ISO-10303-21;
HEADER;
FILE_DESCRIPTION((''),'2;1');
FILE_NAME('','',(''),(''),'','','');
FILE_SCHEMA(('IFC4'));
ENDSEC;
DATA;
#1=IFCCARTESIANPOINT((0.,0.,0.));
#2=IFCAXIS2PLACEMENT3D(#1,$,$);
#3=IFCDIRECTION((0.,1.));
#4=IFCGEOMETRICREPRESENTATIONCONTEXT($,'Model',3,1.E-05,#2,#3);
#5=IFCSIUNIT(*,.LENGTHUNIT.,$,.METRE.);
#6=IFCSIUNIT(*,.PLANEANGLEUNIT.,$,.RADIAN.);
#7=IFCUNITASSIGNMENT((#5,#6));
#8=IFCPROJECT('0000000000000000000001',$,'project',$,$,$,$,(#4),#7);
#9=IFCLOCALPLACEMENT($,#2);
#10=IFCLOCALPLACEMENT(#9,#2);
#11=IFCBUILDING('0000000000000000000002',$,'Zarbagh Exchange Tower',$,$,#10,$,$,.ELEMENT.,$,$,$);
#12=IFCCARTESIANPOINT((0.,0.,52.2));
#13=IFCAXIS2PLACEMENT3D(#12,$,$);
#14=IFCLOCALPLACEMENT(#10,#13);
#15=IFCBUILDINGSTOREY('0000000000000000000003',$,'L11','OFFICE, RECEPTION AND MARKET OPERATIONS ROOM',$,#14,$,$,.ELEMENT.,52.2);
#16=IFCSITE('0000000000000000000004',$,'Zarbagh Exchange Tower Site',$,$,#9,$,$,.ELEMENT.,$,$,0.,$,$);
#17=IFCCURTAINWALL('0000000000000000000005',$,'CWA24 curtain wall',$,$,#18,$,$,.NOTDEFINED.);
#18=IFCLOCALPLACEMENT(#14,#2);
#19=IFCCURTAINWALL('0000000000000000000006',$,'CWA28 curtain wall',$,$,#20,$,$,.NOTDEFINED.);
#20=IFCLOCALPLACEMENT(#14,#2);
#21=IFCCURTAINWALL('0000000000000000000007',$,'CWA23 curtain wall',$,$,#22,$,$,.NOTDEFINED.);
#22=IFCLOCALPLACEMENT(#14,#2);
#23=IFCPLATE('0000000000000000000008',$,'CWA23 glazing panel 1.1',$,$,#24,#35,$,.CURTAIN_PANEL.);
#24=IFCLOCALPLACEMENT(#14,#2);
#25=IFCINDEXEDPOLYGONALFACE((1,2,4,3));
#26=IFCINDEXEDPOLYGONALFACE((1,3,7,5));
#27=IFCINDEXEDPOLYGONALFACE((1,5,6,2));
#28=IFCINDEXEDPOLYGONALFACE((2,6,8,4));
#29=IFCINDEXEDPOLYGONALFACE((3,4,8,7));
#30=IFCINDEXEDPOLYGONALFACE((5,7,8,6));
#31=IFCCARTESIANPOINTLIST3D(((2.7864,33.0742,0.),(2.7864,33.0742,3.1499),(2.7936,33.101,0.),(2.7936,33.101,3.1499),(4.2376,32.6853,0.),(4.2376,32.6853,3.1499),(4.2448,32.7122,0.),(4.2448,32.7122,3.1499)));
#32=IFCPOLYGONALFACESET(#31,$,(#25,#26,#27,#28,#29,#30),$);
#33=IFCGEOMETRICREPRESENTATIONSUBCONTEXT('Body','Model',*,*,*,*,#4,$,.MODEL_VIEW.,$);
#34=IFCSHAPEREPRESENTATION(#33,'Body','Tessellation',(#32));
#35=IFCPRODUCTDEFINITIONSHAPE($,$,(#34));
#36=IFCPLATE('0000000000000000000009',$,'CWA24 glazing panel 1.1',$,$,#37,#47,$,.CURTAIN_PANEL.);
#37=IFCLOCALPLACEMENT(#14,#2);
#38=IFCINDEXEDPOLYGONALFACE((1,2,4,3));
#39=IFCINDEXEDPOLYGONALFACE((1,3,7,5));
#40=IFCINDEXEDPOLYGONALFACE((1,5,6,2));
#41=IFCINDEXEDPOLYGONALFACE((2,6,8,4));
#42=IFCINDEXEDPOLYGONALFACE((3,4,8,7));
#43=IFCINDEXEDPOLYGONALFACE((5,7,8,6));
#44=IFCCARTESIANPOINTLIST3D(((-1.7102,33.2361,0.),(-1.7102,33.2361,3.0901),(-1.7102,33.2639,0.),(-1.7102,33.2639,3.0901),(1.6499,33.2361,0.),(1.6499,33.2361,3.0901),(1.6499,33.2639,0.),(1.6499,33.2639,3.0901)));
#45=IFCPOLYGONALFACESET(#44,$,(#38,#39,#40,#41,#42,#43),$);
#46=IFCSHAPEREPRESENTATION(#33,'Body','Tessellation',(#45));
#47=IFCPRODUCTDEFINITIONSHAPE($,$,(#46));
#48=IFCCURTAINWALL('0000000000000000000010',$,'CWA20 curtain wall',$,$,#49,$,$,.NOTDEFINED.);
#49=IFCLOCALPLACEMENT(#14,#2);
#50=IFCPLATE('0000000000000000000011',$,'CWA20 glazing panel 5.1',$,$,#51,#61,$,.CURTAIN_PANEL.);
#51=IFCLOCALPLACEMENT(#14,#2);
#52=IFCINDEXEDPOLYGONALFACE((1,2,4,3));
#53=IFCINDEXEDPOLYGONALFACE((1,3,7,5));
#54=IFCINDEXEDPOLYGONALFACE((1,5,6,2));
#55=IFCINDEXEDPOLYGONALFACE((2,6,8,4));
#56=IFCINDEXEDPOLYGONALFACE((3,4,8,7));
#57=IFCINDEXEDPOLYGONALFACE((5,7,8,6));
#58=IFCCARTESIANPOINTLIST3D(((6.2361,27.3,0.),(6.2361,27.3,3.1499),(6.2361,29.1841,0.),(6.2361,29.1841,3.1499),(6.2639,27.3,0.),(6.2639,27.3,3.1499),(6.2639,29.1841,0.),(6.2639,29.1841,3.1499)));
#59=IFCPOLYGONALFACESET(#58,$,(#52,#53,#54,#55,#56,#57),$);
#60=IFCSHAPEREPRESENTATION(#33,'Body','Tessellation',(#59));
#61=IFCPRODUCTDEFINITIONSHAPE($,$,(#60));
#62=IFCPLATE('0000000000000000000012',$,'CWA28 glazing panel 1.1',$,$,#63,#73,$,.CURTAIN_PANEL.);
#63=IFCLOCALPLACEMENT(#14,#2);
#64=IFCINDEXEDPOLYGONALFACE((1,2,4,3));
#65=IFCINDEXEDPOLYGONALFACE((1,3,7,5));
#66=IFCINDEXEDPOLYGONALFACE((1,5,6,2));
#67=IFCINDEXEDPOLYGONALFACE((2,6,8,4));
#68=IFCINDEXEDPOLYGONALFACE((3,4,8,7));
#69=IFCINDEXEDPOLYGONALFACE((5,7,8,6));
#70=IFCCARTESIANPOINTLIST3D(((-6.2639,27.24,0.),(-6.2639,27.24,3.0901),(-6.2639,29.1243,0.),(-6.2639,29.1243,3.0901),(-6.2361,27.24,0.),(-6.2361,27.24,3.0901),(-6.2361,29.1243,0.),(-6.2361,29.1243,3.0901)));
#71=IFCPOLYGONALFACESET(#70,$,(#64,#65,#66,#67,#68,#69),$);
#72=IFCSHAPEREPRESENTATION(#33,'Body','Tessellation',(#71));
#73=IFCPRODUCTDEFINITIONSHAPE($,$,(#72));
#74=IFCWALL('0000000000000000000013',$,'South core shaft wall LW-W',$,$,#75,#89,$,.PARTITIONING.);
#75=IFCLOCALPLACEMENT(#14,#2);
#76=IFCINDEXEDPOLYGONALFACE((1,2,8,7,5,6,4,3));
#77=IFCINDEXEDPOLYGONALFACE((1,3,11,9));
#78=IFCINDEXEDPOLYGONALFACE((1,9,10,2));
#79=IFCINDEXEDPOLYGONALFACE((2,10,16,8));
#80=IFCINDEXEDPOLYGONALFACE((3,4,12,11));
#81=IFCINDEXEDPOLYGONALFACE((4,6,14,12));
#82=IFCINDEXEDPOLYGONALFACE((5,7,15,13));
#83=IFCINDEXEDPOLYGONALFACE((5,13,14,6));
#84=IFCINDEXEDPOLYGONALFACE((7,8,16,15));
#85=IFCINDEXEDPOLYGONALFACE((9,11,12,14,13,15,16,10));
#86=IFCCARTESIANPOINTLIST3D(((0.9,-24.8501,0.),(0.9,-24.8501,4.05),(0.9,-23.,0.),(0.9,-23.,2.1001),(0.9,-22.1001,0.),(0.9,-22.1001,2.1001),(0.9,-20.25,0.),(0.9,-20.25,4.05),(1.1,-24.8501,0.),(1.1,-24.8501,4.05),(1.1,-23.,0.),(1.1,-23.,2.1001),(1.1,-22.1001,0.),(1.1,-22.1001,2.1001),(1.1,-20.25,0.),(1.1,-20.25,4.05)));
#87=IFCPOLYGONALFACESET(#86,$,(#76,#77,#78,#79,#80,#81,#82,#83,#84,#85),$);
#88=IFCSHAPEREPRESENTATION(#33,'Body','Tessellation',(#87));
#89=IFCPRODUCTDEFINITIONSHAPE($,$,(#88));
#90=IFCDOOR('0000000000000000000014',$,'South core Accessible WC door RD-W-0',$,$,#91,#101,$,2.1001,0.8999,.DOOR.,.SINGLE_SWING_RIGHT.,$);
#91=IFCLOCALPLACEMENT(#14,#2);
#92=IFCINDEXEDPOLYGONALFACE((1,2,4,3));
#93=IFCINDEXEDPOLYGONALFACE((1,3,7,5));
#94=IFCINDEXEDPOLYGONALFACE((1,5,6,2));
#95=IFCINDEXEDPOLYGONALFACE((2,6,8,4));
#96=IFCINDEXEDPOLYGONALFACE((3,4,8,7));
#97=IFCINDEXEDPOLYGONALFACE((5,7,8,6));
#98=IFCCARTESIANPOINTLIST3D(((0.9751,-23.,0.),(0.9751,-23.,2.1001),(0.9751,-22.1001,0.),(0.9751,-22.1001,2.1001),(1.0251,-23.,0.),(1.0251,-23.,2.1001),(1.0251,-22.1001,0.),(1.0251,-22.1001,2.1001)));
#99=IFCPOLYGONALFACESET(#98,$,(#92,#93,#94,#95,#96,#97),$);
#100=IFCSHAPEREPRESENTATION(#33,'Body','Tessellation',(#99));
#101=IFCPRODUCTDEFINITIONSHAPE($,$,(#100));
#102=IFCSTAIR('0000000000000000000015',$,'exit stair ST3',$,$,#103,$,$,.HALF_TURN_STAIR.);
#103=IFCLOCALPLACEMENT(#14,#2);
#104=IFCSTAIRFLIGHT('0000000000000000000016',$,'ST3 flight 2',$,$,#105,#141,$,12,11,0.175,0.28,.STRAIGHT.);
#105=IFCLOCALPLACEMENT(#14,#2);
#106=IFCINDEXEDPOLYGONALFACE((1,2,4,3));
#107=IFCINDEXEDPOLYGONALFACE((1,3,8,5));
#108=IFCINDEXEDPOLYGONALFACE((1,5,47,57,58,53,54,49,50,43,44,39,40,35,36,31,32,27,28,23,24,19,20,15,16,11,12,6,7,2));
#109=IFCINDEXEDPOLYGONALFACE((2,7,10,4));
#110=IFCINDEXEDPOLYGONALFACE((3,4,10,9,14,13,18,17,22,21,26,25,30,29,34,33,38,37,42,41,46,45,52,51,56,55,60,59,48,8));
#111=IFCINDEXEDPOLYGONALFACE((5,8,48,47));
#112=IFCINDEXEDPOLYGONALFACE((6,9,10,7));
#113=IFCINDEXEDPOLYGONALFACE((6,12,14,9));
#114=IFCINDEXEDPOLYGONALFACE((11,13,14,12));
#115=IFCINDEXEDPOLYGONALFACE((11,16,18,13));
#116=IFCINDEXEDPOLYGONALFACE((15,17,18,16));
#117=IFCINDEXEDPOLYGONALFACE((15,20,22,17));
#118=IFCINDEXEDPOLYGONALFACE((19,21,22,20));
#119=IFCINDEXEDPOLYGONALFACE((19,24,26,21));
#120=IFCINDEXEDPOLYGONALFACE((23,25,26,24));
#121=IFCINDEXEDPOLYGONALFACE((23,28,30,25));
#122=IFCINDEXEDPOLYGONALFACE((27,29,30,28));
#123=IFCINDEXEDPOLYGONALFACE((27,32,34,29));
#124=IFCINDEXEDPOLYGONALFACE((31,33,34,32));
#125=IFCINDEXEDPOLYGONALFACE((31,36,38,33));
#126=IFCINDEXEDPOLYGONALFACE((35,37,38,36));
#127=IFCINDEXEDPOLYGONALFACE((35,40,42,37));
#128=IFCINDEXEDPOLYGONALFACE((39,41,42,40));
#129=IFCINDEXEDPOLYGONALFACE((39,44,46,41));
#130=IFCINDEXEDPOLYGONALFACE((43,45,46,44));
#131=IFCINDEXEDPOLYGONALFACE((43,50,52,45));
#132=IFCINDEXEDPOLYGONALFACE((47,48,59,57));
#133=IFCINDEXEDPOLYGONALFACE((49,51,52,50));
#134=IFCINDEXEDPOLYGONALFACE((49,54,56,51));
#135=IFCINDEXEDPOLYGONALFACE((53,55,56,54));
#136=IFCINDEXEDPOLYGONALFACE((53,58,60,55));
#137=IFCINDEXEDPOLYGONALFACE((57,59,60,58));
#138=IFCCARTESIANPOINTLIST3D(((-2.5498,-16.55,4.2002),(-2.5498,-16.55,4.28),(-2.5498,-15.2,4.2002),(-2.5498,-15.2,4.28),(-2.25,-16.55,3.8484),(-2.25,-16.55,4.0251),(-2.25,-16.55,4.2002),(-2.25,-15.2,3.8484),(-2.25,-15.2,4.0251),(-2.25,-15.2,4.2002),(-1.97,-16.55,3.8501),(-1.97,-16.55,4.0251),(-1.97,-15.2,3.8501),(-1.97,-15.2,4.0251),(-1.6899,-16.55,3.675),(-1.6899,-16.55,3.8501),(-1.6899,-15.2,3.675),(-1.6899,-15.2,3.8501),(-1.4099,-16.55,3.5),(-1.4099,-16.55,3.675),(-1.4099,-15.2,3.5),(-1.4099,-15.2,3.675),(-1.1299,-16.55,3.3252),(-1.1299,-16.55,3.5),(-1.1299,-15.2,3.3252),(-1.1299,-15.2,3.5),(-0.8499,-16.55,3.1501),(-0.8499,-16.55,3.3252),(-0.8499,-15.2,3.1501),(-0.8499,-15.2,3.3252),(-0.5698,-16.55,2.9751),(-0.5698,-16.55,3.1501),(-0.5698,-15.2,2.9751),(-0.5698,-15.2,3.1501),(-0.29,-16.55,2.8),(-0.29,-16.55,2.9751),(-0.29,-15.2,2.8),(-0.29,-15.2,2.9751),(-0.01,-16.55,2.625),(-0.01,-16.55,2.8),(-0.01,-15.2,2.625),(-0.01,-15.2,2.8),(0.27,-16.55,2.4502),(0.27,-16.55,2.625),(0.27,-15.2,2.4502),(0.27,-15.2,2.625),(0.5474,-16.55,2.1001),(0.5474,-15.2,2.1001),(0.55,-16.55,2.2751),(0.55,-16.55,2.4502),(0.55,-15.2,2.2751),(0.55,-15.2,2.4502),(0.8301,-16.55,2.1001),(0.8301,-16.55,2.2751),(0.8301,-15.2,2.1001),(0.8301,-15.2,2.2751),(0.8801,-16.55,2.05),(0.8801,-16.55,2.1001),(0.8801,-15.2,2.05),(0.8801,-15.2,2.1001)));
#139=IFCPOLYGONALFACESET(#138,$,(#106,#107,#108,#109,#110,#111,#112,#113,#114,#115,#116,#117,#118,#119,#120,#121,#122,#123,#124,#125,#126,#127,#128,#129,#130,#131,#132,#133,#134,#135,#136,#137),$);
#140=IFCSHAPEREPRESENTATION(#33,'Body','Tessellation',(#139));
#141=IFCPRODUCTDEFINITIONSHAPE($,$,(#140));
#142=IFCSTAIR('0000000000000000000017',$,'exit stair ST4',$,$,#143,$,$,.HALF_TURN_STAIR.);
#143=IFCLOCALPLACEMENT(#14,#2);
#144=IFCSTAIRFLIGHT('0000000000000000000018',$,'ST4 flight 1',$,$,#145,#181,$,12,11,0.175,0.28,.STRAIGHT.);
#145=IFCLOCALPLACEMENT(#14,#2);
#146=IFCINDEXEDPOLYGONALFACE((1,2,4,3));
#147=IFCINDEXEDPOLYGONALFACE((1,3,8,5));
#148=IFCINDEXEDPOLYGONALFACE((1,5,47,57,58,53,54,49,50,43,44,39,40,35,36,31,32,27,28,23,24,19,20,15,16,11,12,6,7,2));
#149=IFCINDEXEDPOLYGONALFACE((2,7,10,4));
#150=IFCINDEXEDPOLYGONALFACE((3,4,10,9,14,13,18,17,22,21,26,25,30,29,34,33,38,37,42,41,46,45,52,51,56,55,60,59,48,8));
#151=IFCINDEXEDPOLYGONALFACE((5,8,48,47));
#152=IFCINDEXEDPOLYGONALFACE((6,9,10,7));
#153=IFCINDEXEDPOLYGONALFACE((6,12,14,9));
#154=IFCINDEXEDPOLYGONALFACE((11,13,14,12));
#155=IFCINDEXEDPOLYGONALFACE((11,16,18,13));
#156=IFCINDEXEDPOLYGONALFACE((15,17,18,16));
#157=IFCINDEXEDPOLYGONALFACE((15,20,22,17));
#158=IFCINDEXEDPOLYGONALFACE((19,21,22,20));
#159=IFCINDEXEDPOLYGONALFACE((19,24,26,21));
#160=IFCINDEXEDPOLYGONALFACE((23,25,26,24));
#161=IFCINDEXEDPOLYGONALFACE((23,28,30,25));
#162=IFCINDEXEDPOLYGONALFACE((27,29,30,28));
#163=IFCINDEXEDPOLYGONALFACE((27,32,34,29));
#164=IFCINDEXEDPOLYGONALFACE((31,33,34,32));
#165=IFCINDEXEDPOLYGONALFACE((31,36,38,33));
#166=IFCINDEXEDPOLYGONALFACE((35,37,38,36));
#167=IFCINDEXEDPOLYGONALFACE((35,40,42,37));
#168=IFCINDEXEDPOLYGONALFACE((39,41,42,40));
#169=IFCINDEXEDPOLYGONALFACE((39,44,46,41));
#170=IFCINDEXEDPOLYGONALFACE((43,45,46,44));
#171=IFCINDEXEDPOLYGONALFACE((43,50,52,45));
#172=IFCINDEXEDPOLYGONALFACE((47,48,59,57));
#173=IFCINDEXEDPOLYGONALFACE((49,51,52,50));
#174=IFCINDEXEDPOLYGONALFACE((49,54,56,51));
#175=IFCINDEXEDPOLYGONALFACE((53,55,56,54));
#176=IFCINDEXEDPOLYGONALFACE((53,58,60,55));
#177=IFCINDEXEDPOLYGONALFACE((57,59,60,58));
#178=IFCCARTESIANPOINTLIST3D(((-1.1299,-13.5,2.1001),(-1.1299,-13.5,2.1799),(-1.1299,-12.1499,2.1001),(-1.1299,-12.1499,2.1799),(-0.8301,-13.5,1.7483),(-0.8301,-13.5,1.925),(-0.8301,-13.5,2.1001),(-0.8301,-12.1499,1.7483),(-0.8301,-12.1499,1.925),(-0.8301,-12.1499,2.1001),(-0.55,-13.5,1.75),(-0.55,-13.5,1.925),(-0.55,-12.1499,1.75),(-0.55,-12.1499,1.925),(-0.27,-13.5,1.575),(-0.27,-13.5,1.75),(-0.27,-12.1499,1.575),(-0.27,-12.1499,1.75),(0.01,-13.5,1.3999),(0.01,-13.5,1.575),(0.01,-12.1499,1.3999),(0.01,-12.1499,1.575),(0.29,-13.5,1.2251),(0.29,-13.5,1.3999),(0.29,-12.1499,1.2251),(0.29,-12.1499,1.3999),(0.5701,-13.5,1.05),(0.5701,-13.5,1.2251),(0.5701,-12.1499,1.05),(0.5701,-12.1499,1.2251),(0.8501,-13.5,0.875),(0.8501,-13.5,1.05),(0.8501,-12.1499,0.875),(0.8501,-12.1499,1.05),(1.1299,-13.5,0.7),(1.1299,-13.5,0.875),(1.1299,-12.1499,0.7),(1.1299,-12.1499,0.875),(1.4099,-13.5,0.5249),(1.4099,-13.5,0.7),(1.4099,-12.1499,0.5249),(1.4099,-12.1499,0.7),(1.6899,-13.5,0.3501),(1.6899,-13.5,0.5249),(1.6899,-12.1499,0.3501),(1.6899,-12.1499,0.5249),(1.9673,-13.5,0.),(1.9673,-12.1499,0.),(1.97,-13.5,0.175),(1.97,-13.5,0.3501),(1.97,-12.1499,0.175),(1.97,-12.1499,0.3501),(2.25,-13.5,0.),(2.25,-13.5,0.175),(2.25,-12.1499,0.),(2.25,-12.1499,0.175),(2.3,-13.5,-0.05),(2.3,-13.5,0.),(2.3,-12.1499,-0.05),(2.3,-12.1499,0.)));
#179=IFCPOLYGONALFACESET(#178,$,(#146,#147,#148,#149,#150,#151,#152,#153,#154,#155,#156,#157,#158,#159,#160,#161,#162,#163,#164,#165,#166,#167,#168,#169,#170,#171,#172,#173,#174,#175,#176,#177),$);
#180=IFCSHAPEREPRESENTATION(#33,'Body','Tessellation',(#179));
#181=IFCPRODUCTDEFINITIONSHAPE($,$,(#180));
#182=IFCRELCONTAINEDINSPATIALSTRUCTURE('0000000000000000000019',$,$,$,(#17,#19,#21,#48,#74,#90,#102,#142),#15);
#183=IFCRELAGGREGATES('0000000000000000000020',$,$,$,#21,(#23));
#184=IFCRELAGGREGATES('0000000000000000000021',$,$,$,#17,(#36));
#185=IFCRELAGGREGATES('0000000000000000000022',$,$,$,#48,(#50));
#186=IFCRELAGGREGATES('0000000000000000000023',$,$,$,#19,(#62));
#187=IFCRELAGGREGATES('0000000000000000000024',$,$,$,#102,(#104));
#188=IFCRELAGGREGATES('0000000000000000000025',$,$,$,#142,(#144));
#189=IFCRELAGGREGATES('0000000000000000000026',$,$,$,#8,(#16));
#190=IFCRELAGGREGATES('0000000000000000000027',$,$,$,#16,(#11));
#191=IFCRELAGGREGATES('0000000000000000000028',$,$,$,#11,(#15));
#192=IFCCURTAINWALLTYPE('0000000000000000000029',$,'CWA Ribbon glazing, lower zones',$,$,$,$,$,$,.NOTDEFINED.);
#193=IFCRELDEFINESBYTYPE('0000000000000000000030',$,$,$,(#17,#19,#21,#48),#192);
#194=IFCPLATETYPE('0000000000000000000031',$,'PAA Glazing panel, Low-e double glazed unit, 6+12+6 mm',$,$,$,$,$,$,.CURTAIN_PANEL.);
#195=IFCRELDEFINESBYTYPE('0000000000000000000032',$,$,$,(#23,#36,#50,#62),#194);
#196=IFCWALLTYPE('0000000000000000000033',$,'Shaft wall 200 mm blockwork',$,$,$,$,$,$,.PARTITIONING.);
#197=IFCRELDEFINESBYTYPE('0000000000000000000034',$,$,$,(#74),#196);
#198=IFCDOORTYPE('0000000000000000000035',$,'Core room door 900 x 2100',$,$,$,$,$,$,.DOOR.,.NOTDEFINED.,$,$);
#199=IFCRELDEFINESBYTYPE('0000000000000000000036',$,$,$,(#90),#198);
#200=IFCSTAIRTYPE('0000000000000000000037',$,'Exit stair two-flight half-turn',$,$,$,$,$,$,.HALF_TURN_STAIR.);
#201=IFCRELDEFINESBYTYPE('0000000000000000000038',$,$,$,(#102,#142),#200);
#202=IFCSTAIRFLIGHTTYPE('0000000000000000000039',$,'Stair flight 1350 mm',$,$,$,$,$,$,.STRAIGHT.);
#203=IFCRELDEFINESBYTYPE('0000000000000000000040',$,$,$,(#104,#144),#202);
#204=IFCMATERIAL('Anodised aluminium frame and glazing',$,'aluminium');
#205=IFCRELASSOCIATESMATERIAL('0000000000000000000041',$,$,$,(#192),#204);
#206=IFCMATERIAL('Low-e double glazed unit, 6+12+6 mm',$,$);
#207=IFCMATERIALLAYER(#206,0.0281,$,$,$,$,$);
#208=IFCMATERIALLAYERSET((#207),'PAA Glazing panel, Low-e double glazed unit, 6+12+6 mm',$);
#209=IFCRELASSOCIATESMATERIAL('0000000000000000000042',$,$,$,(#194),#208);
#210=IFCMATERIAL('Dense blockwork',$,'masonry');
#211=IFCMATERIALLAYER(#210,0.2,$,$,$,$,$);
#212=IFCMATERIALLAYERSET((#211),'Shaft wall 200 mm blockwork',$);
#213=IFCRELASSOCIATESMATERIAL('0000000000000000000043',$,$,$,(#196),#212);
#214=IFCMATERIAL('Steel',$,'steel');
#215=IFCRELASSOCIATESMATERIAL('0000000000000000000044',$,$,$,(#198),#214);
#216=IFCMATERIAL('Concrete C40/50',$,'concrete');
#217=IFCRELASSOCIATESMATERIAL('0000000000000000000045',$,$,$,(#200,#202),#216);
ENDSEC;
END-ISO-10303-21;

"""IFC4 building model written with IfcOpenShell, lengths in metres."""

from ifc_helpers import new_model, si_unit, direction, frame, frame_2d, origin, place, context, subcontext, project, spatial, polyline, rectangle, outline, extrude, source, transform, mapped, material, layer, layer_set, type_object, element, fill, aggregate, save


model = new_model("IFC4")

# Units and contexts
model_context = context("Model", 3, precision=1e-05, world=origin(), true_north=direction((0.0, 1.0)))
body_context = subcontext(model_context, "Body", "Model", "MODEL_VIEW")
ifc_project = project(units=[si_unit("LENGTHUNIT", "METRE"), si_unit("PLANEANGLEUNIT", "RADIAN")], contexts=[model_context])

# Site, building, storey
site_placement = place(None, origin())
site = spatial("IfcSite", under=ifc_project, at=site_placement, Name="Zarbagh Exchange Tower Site", CompositionType="ELEMENT", RefElevation=0.0)
building_placement = place(site_placement, origin())
building = spatial("IfcBuilding", under=site, at=building_placement, Name="Zarbagh Exchange Tower", CompositionType="ELEMENT")
storey_placement = place(building_placement, frame((0.0, 0.0, 52.2)))
storey = spatial("IfcBuildingStorey", under=building, at=storey_placement, Name="L11", Description="OFFICE, RECEPTION AND MARKET OPERATIONS ROOM", CompositionType="ELEMENT", Elevation=52.2)

# Curtain wall
ifc_material_1 = material(Name="Anodised aluminium frame and glazing", Category="aluminium")
curtain_wall_type = type_object("IfcCurtainWallType", Name="CWA Ribbon glazing, lower zones", PredefinedType="NOTDEFINED", material=ifc_material_1)
placement = place(storey_placement, origin())
curtain_wall_1_placement = place(storey_placement, origin())
curtain_wall_1 = element("IfcCurtainWall", 1, at=curtain_wall_1_placement, inside=storey, type_object=curtain_wall_type, Name="CWA24 curtain wall", PredefinedType="NOTDEFINED")

# Curtain wall
curtain_wall_2_placement = place(storey_placement, origin())
curtain_wall_2 = element("IfcCurtainWall", 2, at=curtain_wall_2_placement, inside=storey, type_object=curtain_wall_type, Name="CWA28 curtain wall", PredefinedType="NOTDEFINED")

# Shared definitions
ifc_material_2 = material(Name="Low-e double glazed unit, 6+12+6 mm")
ifc_layer_1 = layer(ifc_material_2, 0.0281)
ifc_layer_set_1 = layer_set([ifc_layer_1], Name="PAA Glazing panel, Low-e double glazed unit, 6+12+6 mm")
plate_type = type_object("IfcPlateType", Name="PAA Glazing panel, Low-e double glazed unit, 6+12+6 mm", PredefinedType="CURTAIN_PANEL", material=ifc_layer_set_1)

# Curtain wall, plate
curtain_wall_3_placement = place(storey_placement, origin())
curtain_wall_3 = element("IfcCurtainWall", 3, at=curtain_wall_3_placement, inside=storey, type_object=curtain_wall_type, Name="CWA23 curtain wall", PredefinedType="NOTDEFINED")
shared_shape_1 = source(origin(), body_context, "Body", "SweptSolid", [
    extrude(outline(polyline([(0.0, -0.0139), (1.5024, -0.0139), (1.5024, 0.0139), (0.0, 0.0139), (0.0, -0.0139)])), origin(), (0.0, 0.0, 1.0), 3.1499),
])
plate_1 = element("IfcPlate", 4, at=placement, type_object=plate_type, Name="CWA23 glazing panel 1.1", PredefinedType="CURTAIN_PANEL", context=body_context, shape_type="MappedRepresentation", body=[
    mapped(shared_shape_1, transform((4.2412, 32.6987, 0.0), x_axis=(-0.965924, 0.258825, 0.0), y_axis=(-0.258825, -0.965924, 0.0), z_axis=(0.0, 0.0, 1.0))),
])
aggregate(curtain_wall_3, [plate_1])

# Plate
shared_shape_2 = source(origin(), body_context, "Body", "SweptSolid", [
    extrude(outline(polyline([(0.0, -0.0139), (3.3601, -0.0139), (3.3601, 0.0139), (0.0, 0.0139), (0.0, -0.0139)])), origin(), (0.0, 0.0, 1.0), 3.0901),
])
plate_2 = element("IfcPlate", 5, at=placement, type_object=plate_type, Name="CWA24 glazing panel 1.1", PredefinedType="CURTAIN_PANEL", context=body_context, shape_type="MappedRepresentation", body=[
    mapped(shared_shape_2, transform((1.6499, 33.25, 0.0), x_axis=(-1.0, 0.0, 0.0), y_axis=(0.0, -1.0, 0.0), z_axis=(0.0, 0.0, 1.0))),
])
aggregate(curtain_wall_1, [plate_2])

# Curtain wall, plate
curtain_wall_4_placement = place(storey_placement, origin())
curtain_wall_4 = element("IfcCurtainWall", 6, at=curtain_wall_4_placement, inside=storey, type_object=curtain_wall_type, Name="CWA20 curtain wall", PredefinedType="NOTDEFINED")
shared_shape_3 = source(origin(), body_context, "Body", "SweptSolid", [
    extrude(outline(polyline([(0.0, -0.0139), (1.884, -0.0139), (1.884, 0.0139), (0.0, 0.0139), (0.0, -0.0139)])), origin(), (0.0, 0.0, 1.0), 3.1499),
])
plate_3 = element("IfcPlate", 7, at=placement, type_object=plate_type, Name="CWA20 glazing panel 5.1", PredefinedType="CURTAIN_PANEL", context=body_context, shape_type="MappedRepresentation", body=[
    mapped(shared_shape_3, transform((6.25, 27.3, 0.0), x_axis=(0.0, 1.0, 0.0), y_axis=(-1.0, 0.0, 0.0), z_axis=(0.0, 0.0, 1.0))),
])
aggregate(curtain_wall_4, [plate_3])

# Plate
shared_shape_4 = source(origin(), body_context, "Body", "SweptSolid", [
    extrude(outline(polyline([(0.0, -0.0139), (1.8843, -0.0139), (1.8843, 0.0139), (0.0, 0.0139), (0.0, -0.0139)])), origin(), (0.0, 0.0, 1.0), 3.0901),
])
plate_4 = element("IfcPlate", 8, at=placement, type_object=plate_type, Name="CWA28 glazing panel 1.1", PredefinedType="CURTAIN_PANEL", context=body_context, shape_type="MappedRepresentation", body=[
    mapped(shared_shape_4, transform((-6.25, 29.1243, 0.0), x_axis=(0.0, -1.0, 0.0), y_axis=(1.0, 0.0, 0.0), z_axis=(0.0, 0.0, 1.0))),
])
aggregate(curtain_wall_2, [plate_4])

# Wall, opening, door
ifc_material_3 = material(Name="Dense blockwork", Category="masonry")
ifc_layer_2 = layer(ifc_material_3, 0.2)
ifc_layer_set_2 = layer_set([ifc_layer_2], Name="Shaft wall 200 mm blockwork")
wall_type = type_object("IfcWallType", Name="Shaft wall 200 mm blockwork", PredefinedType="PARTITIONING", material=ifc_layer_set_2)
wall_placement = place(storey_placement, frame((1.0, -24.8501, 0.0), z_axis=(0.0, 0.0, 1.0), x_axis=(0.0, 1.0, 0.0)))
wall = element("IfcWall", 9, at=wall_placement, inside=storey, type_object=wall_type, Name="South core shaft wall LW-W", PredefinedType="PARTITIONING", context=body_context, shape_type="SweptSolid", body=[
    extrude(rectangle(XDim=4.6001, YDim=0.2, at=frame_2d((2.3, 0.0))), origin(), (0.0, 0.0, 1.0), 4.05),
])
opening_placement = place(wall_placement, frame((1.8501, 0.0, 0.0)))
opening = element("IfcOpeningElement", 10, at=opening_placement, cuts=wall, PredefinedType="OPENING", context=body_context, shape_type="SweptSolid", body=[
    extrude(rectangle(XDim=0.8999, YDim=2.1001, at=frame_2d((0.45, 1.05))), frame((0.0, 0.1099, 0.0), z_axis=(0.0, -1.0, 0.0), x_axis=(1.0, 0.0, 0.0)), (0.0, 0.0, 1.0), 0.22),
])
ifc_material_4 = material(Name="Steel", Category="steel")
door_type = type_object("IfcDoorType", Name="Core room door 900 x 2100", OperationType="NOTDEFINED", PredefinedType="DOOR", material=ifc_material_4)
door_placement = place(opening_placement, origin())
door = element("IfcDoor", 11, at=door_placement, inside=storey, type_object=door_type, Name="South core Accessible WC door RD-W-0", OperationType="SINGLE_SWING_RIGHT", OverallHeight=2.1001, OverallWidth=0.8999, PredefinedType="DOOR", context=body_context, shape_type="SweptSolid", body=[
    extrude(rectangle(XDim=0.8999, YDim=2.1001, at=frame_2d((0.45, 1.05))), frame((0.0, 0.0249, 0.0), z_axis=(0.0, -1.0, 0.0), x_axis=(1.0, 0.0, 0.0)), (0.0, 0.0, 1.0), 0.05),
])
fill(opening, door)

# Stairs, stair flights
ifc_material_5 = material(Name="Concrete C40/50", Category="concrete")
stair_type = type_object("IfcStairType", Name="Exit stair two-flight half-turn", PredefinedType="HALF_TURN_STAIR", material=ifc_material_5)
stair_1_placement = place(storey_placement, origin())
stair_1 = element("IfcStair", 12, at=stair_1_placement, inside=storey, type_object=stair_type, Name="exit stair ST3", PredefinedType="HALF_TURN_STAIR")
stair_flight_type = type_object("IfcStairFlightType", Name="Stair flight 1350 mm", PredefinedType="STRAIGHT", material=ifc_material_5)
stair_flight_1_placement = place(storey_placement, frame((0.8301, -15.875, 2.1001), z_axis=(0.0, 0.0, 1.0), x_axis=(-1.0, 0.0, 0.0)))
stair_flight_1 = element("IfcStairFlight", 13, at=stair_flight_1_placement, type_object=stair_flight_type, Name="ST3 flight 2", NumberOfRisers=12, NumberOfTreads=11, PredefinedType="STRAIGHT", RiserHeight=0.175, TreadLength=0.28, context=body_context, shape_type="SweptSolid", body=[
    extrude(outline(polyline([(-0.05, -0.05), (-0.05, 0.0), (0.0, 0.0), (0.0, 0.175), (0.28, 0.175), (0.28, 0.3501), (0.5601, 0.3501), (0.5601, 0.5249), (0.8401, 0.5249), (0.8401, 0.7), (1.1201, 0.7), (1.1201, 0.875), (1.3999, 0.875), (1.3999, 1.05), (1.6799, 1.05), (1.6799, 1.2251), (1.96, 1.2251), (1.96, 1.3999), (2.24, 1.3999), (2.24, 1.575), (2.52, 1.575), (2.52, 1.75), (2.8, 1.75), (2.8, 1.925), (3.0801, 1.925), (3.0801, 2.1001), (3.3799, 2.1799), (3.3799, 2.1001), (3.0801, 1.7483), (0.2827, 0.0), (-0.05, -0.05)])), frame((0.0, 0.675, 0.0), z_axis=(0.0, -1.0, 0.0), x_axis=(1.0, 0.0, 0.0)), (0.0, 0.0, 1.0), 1.3501),
])
aggregate(stair_1, [stair_flight_1])
stair_2_placement = place(storey_placement, origin())
stair_2 = element("IfcStair", 14, at=stair_2_placement, inside=storey, type_object=stair_type, Name="exit stair ST4", PredefinedType="HALF_TURN_STAIR")
stair_flight_2_placement = place(storey_placement, frame((2.25, -12.825, 0.0), z_axis=(0.0, 0.0, 1.0), x_axis=(-1.0, 0.0, 0.0)))
stair_flight_2 = element("IfcStairFlight", 15, at=stair_flight_2_placement, type_object=stair_flight_type, Name="ST4 flight 1", NumberOfRisers=12, NumberOfTreads=11, PredefinedType="STRAIGHT", RiserHeight=0.175, TreadLength=0.28, context=body_context, shape_type="SweptSolid", body=[
    extrude(outline(polyline([(-0.05, -0.05), (-0.05, 0.0), (0.0, 0.0), (0.0, 0.175), (0.28, 0.175), (0.28, 0.3501), (0.5601, 0.3501), (0.5601, 0.5249), (0.8401, 0.5249), (0.8401, 0.7), (1.1201, 0.7), (1.1201, 0.875), (1.3999, 0.875), (1.3999, 1.05), (1.6799, 1.05), (1.6799, 1.2251), (1.96, 1.2251), (1.96, 1.3999), (2.24, 1.3999), (2.24, 1.575), (2.52, 1.575), (2.52, 1.75), (2.8, 1.75), (2.8, 1.925), (3.0801, 1.925), (3.0801, 2.1001), (3.3799, 2.1799), (3.3799, 2.1001), (3.0801, 1.7483), (0.2827, 0.0), (-0.05, -0.05)])), frame((0.0, 0.675, 0.0), z_axis=(0.0, -1.0, 0.0), x_axis=(1.0, 0.0, 0.0)), (0.0, 0.0, 1.0), 1.3501),
])
aggregate(stair_2, [stair_flight_2])

save(model, "model.ifc")
